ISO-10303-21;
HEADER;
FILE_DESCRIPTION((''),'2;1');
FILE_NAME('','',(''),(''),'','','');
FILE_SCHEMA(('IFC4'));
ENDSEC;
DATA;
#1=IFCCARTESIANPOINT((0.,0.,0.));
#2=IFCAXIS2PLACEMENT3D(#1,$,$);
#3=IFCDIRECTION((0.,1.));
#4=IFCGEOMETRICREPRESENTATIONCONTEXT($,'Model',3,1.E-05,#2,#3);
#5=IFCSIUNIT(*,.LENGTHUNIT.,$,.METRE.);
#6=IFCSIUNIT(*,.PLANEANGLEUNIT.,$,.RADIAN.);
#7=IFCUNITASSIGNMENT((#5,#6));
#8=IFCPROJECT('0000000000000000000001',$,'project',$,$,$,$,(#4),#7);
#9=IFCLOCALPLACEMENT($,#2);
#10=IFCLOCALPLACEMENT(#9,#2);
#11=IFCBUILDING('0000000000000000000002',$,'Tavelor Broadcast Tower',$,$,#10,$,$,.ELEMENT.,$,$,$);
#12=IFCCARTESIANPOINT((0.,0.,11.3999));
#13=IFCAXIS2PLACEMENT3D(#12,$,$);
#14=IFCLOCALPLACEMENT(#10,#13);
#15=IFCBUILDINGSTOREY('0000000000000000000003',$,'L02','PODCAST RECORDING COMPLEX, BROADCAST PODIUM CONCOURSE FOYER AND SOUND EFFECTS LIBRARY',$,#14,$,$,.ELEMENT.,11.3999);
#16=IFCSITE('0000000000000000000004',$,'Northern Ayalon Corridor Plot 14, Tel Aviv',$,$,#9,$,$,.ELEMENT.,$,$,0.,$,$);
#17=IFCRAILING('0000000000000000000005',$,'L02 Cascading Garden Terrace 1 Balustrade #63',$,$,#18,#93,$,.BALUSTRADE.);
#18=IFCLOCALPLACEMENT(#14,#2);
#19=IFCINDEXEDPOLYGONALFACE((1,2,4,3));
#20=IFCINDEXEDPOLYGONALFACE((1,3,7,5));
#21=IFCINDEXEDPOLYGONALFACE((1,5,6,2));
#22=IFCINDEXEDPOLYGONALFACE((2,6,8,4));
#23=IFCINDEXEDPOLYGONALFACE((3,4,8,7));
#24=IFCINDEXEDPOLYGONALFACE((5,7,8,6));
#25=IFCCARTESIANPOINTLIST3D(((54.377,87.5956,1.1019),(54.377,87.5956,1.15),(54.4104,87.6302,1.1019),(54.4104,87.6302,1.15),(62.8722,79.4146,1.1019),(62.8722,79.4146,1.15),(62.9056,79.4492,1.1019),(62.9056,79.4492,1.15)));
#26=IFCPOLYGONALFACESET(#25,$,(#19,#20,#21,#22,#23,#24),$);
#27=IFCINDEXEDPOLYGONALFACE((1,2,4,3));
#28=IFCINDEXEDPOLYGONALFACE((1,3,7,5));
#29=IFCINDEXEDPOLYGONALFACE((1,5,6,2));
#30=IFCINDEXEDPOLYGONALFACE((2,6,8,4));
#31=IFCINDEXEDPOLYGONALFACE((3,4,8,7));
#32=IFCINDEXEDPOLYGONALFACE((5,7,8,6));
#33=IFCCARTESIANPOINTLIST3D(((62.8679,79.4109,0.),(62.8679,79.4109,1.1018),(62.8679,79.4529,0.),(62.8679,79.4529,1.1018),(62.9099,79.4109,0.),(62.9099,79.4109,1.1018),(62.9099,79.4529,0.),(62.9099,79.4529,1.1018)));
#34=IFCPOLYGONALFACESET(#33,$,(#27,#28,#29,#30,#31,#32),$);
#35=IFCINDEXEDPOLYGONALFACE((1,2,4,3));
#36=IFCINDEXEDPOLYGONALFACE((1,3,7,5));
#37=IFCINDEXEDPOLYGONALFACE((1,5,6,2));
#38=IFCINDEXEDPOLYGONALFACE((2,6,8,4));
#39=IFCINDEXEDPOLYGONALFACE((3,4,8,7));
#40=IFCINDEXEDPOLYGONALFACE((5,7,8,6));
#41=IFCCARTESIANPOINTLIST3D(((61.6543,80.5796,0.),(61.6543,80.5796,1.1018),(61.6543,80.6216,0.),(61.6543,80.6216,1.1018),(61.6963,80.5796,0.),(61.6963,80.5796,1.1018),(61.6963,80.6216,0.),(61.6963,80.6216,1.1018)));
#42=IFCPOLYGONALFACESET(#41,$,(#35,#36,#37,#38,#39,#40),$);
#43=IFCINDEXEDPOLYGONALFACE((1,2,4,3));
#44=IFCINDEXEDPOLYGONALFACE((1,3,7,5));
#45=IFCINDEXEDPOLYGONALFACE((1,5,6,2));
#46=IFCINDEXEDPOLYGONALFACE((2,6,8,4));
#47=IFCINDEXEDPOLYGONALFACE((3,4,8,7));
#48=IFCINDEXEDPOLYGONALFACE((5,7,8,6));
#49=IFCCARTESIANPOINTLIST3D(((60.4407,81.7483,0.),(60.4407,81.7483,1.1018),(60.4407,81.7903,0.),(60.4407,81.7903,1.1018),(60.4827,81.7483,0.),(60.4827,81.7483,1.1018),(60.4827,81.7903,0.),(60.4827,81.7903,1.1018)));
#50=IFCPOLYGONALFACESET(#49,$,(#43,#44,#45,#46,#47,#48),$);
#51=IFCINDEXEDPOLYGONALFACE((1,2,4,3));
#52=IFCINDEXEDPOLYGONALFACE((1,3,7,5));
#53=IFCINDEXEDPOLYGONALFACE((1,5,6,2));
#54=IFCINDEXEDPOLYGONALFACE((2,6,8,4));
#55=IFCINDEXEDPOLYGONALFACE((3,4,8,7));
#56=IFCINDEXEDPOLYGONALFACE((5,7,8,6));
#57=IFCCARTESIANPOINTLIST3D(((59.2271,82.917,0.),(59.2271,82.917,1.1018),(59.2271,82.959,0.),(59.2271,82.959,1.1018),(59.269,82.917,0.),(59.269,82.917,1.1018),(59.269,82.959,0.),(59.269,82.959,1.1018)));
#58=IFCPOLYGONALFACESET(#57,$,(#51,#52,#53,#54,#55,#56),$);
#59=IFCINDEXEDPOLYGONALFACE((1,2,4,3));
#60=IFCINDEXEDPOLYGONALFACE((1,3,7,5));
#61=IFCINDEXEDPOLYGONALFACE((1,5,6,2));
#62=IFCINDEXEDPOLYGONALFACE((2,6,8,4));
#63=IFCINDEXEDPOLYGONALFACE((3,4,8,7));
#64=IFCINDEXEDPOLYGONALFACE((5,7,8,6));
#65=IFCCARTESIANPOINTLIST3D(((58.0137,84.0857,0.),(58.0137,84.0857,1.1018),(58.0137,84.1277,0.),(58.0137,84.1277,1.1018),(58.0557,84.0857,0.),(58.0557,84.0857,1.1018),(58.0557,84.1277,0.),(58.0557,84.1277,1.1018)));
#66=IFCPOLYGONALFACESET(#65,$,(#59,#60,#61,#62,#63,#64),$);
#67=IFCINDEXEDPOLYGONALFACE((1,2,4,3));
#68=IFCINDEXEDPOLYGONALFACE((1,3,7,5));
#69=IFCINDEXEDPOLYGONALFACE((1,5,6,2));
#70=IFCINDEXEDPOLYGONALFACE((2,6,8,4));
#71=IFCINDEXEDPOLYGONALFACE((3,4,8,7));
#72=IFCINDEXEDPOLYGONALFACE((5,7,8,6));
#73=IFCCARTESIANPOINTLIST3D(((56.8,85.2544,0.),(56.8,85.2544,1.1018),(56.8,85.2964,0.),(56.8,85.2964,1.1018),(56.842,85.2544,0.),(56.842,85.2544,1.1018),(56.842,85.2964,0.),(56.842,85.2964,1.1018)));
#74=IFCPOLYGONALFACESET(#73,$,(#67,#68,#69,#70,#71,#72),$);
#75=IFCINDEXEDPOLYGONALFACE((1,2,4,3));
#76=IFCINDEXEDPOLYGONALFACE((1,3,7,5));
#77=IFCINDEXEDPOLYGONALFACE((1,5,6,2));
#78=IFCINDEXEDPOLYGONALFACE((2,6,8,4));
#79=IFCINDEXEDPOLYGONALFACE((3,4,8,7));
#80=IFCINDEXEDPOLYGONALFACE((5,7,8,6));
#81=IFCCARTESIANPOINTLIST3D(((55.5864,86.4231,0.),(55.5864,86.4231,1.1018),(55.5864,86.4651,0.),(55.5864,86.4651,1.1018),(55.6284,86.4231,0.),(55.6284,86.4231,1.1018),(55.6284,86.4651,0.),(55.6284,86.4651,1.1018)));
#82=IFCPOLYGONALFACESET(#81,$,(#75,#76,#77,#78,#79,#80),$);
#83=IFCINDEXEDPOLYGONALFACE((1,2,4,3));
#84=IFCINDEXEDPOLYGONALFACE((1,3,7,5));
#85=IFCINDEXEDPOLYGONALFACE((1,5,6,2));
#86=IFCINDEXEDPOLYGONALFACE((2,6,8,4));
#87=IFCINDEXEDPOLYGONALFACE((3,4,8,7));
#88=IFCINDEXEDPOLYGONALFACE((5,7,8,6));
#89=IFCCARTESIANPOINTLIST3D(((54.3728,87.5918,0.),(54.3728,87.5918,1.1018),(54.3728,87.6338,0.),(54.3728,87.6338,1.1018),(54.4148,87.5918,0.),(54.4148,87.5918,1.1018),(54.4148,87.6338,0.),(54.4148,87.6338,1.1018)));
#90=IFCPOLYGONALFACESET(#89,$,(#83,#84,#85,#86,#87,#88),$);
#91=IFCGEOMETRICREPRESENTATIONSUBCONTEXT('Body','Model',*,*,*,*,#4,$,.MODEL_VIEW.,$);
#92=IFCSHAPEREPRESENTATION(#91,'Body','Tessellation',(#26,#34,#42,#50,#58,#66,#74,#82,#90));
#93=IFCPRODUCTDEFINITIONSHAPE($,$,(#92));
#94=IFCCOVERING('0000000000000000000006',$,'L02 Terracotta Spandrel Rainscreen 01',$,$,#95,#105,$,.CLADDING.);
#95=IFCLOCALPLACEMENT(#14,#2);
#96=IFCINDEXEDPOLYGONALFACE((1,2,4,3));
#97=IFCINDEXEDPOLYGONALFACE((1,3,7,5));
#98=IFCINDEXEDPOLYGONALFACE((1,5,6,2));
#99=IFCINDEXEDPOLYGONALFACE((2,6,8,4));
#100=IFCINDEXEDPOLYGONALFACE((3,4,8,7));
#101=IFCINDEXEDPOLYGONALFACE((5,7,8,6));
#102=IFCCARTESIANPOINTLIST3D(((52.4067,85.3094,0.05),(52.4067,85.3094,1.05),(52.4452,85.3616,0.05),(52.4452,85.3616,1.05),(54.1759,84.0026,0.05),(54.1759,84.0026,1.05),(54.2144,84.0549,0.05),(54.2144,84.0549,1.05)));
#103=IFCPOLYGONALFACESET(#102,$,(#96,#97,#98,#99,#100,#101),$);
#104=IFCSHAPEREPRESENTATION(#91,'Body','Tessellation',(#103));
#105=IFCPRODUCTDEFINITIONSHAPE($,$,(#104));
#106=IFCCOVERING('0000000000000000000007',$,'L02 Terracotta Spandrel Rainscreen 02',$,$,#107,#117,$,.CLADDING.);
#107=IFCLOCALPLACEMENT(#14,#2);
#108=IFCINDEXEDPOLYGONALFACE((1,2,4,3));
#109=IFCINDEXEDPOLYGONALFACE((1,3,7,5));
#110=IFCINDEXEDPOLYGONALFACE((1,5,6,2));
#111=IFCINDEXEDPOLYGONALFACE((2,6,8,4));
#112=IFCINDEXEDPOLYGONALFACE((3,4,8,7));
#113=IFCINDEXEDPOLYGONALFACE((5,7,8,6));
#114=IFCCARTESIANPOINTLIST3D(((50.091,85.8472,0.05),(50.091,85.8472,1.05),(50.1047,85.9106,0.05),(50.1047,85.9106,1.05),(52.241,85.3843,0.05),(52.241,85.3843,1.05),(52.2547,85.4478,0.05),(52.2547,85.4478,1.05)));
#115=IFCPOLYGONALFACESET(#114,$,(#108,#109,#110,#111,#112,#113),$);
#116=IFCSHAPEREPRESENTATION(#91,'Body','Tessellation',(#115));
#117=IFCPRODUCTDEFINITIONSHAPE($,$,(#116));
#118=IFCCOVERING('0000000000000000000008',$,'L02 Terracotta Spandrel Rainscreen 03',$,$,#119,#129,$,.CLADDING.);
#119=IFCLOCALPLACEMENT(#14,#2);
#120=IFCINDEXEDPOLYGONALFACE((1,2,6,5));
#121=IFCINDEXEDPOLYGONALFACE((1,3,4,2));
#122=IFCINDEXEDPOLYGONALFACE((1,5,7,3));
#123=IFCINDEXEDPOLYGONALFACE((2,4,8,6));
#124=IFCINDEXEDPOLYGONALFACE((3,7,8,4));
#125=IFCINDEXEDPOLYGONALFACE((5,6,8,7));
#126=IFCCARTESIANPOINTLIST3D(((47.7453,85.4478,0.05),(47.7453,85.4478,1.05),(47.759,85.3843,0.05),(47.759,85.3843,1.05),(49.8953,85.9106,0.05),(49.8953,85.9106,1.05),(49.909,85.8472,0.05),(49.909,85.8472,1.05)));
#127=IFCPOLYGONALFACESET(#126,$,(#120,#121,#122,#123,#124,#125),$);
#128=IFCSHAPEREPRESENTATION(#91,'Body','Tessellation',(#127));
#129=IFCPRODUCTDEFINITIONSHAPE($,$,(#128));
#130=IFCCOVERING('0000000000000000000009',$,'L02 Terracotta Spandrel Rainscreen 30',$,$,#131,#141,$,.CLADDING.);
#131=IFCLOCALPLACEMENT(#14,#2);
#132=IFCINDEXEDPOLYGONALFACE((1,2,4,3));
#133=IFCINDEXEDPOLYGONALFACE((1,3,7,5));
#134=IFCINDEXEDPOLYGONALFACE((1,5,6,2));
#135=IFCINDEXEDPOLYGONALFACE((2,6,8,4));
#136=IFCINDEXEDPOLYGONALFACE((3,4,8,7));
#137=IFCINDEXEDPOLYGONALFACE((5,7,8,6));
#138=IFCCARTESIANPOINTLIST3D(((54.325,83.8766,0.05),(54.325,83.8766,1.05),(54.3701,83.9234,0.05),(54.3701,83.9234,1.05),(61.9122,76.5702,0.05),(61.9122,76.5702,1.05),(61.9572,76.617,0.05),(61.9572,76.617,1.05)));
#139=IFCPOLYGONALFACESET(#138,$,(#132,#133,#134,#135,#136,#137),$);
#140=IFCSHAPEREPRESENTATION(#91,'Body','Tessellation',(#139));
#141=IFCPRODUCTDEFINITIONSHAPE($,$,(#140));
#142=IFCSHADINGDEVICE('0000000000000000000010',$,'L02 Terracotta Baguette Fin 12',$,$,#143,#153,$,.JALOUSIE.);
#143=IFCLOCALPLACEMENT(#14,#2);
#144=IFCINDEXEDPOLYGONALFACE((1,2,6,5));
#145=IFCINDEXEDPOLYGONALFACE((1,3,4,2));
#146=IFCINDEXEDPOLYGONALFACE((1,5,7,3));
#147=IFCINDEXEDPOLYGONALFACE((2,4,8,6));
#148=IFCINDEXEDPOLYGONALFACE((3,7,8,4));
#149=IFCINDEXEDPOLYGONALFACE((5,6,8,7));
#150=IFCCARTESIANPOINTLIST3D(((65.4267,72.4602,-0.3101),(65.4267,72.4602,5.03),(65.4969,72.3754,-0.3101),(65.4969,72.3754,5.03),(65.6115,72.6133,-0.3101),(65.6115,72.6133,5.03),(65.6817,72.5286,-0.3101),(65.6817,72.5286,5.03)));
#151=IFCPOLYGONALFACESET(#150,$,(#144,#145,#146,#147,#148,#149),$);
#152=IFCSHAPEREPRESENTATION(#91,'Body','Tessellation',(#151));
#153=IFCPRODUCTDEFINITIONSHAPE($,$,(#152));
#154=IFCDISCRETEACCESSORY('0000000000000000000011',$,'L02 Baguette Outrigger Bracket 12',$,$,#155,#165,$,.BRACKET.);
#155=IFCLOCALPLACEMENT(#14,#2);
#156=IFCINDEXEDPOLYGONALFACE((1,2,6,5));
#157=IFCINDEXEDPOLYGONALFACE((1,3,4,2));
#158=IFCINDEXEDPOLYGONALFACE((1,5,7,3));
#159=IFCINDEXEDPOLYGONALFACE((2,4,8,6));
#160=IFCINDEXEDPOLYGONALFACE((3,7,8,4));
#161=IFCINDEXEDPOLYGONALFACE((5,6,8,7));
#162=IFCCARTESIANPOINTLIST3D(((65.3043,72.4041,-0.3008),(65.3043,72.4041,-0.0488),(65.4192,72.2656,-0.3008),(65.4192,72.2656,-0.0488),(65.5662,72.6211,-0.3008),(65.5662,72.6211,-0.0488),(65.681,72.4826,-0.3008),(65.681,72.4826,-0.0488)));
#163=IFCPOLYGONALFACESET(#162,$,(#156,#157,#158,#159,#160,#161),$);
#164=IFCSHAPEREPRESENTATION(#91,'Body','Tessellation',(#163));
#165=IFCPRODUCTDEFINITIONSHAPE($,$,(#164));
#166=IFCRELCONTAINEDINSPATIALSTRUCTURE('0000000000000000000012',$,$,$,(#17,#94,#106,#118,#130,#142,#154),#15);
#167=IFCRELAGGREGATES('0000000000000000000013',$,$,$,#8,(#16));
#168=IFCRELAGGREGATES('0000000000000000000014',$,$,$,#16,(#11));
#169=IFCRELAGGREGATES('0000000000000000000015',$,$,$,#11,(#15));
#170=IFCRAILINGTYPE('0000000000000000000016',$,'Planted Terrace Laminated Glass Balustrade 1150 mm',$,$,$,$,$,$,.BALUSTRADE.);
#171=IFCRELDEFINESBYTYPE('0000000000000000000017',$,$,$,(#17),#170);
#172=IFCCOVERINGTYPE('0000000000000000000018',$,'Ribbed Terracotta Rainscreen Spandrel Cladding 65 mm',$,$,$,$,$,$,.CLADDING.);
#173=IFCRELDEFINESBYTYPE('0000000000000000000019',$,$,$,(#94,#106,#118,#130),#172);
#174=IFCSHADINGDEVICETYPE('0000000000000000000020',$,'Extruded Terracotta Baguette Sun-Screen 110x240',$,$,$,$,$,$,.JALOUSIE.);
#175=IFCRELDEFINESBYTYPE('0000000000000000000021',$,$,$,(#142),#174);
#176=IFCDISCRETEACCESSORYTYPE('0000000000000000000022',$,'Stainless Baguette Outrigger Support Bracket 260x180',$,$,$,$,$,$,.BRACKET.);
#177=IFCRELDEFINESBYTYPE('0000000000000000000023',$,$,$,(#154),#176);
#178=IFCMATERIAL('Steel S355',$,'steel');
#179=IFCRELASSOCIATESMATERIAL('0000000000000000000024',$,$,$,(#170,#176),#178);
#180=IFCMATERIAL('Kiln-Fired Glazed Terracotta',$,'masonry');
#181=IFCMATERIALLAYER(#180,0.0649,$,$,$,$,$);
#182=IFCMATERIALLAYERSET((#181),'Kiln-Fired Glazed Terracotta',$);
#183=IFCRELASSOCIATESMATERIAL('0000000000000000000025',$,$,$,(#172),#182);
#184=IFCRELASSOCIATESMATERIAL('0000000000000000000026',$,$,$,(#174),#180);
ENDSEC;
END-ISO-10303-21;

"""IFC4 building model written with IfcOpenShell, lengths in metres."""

from ifc_helpers import new_model, si_unit, direction, frame, origin, origin_2d, place, context, subcontext, project, spatial, rectangle, extrude, source, transform, mapped, material, layer, layer_set, type_object, type_shapes, element, save


model = new_model("IFC4")

# Units and contexts
model_context = context("Model", 3, precision=1e-05, world=origin(), true_north=direction((0.0, 1.0)))
body_context = subcontext(model_context, "Body", "Model", "MODEL_VIEW")
ifc_project = project(units=[si_unit("LENGTHUNIT", "METRE"), si_unit("PLANEANGLEUNIT", "RADIAN")], contexts=[model_context])

# Site, building, storey
site_placement = place(None, origin())
site = spatial("IfcSite", under=ifc_project, at=site_placement, Name="Northern Ayalon Corridor Plot 14, Tel Aviv", CompositionType="ELEMENT", RefElevation=0.0)
building_placement = place(site_placement, origin())
building = spatial("IfcBuilding", under=site, at=building_placement, Name="Tavelor Broadcast Tower", CompositionType="ELEMENT")
storey_placement = place(building_placement, frame((0.0, 0.0, 11.3999)))
storey = spatial("IfcBuildingStorey", under=building, at=storey_placement, Name="L02", Description="PODCAST RECORDING COMPLEX, BROADCAST PODIUM CONCOURSE FOYER AND SOUND EFFECTS LIBRARY", CompositionType="ELEMENT", Elevation=11.3999)

# Shared definitions
ifc_material_1 = material(Name="Steel S355", Category="steel")

# Railing
railing_type = type_object("IfcRailingType", Name="Planted Terrace Laminated Glass Balustrade 1150 mm", PredefinedType="BALUSTRADE", material=ifc_material_1)
railing_1_placement = place(storey_placement, frame((62.8889, 79.4319, 0.0)))
element("IfcRailing", 1, at=railing_1_placement, inside=storey, type_object=railing_type, Name="L02 Cascading Garden Terrace 1 Balustrade #63", PredefinedType="BALUSTRADE", context=body_context, shape_type="SweptSolid", body=[
    extrude(rectangle(XDim=0.0481, YDim=0.0481, at=origin_2d()), frame((0.0, 0.0, 1.126), z_axis=(-0.720302, 0.69366, 0.0), x_axis=(-0.69366, -0.720302, 0.0)), (0.0, 0.0, 1.0), 11.7939),
    extrude(rectangle(XDim=0.042, YDim=0.042, at=origin_2d()), origin(), (0.0, 0.0, 1.0), 1.1018),
    extrude(rectangle(XDim=0.042, YDim=0.042, at=origin_2d()), frame((-1.2136, 1.1687, 0.0)), (0.0, 0.0, 1.0), 1.1018),
    extrude(rectangle(XDim=0.042, YDim=0.042, at=origin_2d()), frame((-2.4272, 2.3374, 0.0)), (0.0, 0.0, 1.0), 1.1018),
    extrude(rectangle(XDim=0.042, YDim=0.042, at=origin_2d()), frame((-3.6409, 3.5061, 0.0)), (0.0, 0.0, 1.0), 1.1018),
    extrude(rectangle(XDim=0.042, YDim=0.042, at=origin_2d()), frame((-4.8542, 4.6748, 0.0)), (0.0, 0.0, 1.0), 1.1018),
    extrude(rectangle(XDim=0.042, YDim=0.042, at=origin_2d()), frame((-6.0679, 5.8435, 0.0)), (0.0, 0.0, 1.0), 1.1018),
    extrude(rectangle(XDim=0.042, YDim=0.042, at=origin_2d()), frame((-7.2815, 7.0122, 0.0)), (0.0, 0.0, 1.0), 1.1018),
    extrude(rectangle(XDim=0.042, YDim=0.042, at=origin_2d()), frame((-8.4951, 8.1809, 0.0)), (0.0, 0.0, 1.0), 1.1018),
])

# Coverings
ifc_material_2 = material(Name="Kiln-Fired Glazed Terracotta", Category="masonry")
ifc_layer_1 = layer(ifc_material_2, 0.0649)
ifc_layer_set_1 = layer_set([ifc_layer_1], Name="Kiln-Fired Glazed Terracotta")
covering_type = type_object("IfcCoveringType", Name="Ribbed Terracotta Rainscreen Spandrel Cladding 65 mm", PredefinedType="CLADDING", material=ifc_layer_set_1)
covering_1_placement = place(storey_placement, frame((53.3105, 84.6821, 0.05), z_axis=(0.0, 0.0, 1.0), x_axis=(-0.804376, 0.594121, 0.0)))
element("IfcCovering", 2, at=covering_1_placement, inside=storey, type_object=covering_type, Name="L02 Terracotta Spandrel Rainscreen 01", PredefinedType="CLADDING", context=body_context, shape_type="SweptSolid", body=[
    extrude(rectangle(XDim=2.1995, YDim=0.0649, at=origin_2d()), origin(), (0.0, 0.0, 1.0), 1.0),
])
for number, where, z_axis, x_axis, name in (
    (3, (51.1729, 85.6475, 0.05), (0.0, 0.0, 1.0), (-0.9776, 0.210472, 0.0), "L02 Terracotta Spandrel Rainscreen 02"),
    (4, (48.8271, 85.6475, 0.05), (0.0, 0.0, 1.0), (-0.9776, -0.210472, 0.0), "L02 Terracotta Spandrel Rainscreen 03"),
):
    element("IfcCovering", number, at=place(storey_placement, frame(where, z_axis=z_axis, x_axis=x_axis)), inside=storey, type_object=covering_type, Name=name, PredefinedType="CLADDING", context=body_context, shape_type="SweptSolid", body=[
        extrude(rectangle(XDim=2.1992, YDim=0.0649, at=origin_2d()), origin(), (0.0, 0.0, 1.0), 1.0),
    ])
covering_2_placement = place(storey_placement, frame((58.1411, 80.2468, 0.05), z_axis=(0.0, 0.0, 1.0), x_axis=(-0.720309, 0.693653, 0.0)))
element("IfcCovering", 5, at=covering_2_placement, inside=storey, type_object=covering_type, Name="L02 Terracotta Spandrel Rainscreen 30", PredefinedType="CLADDING", context=body_context, shape_type="SweptSolid", body=[
    extrude(rectangle(XDim=10.5332, YDim=0.0649, at=origin_2d()), origin(), (0.0, 0.0, 1.0), 1.0),
])

# Shading device
shading_device_type = type_object("IfcShadingDeviceType", Name="Extruded Terracotta Baguette Sun-Screen 110x240", PredefinedType="JALOUSIE", material=ifc_material_2)
shared_shape_1 = source(origin(), body_context, "Body", "SweptSolid", [
    extrude(rectangle(XDim=0.1101, YDim=0.24, at=origin_2d()), origin(), (0.0, 0.0, 1.0), 5.3401),
])
type_shapes(shading_device_type, [shared_shape_1])
shading_device_placement = place(storey_placement, frame((65.5542, 72.4944, -0.3101), z_axis=(0.0, 0.0, 1.0), x_axis=(-0.638096, 0.769957, 0.0)))
element("IfcShadingDevice", 6, at=shading_device_placement, inside=storey, type_object=shading_device_type, Name="L02 Terracotta Baguette Fin 12", PredefinedType="JALOUSIE", context=body_context, shape_type="MappedRepresentation", body=[
    mapped(shared_shape_1, transform((0.0, 0.0, 0.0), scale=1.0)),
])

# Discrete accessory
discrete_accessory_type = type_object("IfcDiscreteAccessoryType", Name="Stainless Baguette Outrigger Support Bracket 260x180", PredefinedType="BRACKET", material=ifc_material_1)
shared_shape_2 = source(origin(), body_context, "Body", "SweptSolid", [
    extrude(rectangle(XDim=0.1799, YDim=0.3401, at=origin_2d()), origin(), (0.0, 0.0, 1.0), 0.252),
])
type_shapes(discrete_accessory_type, [shared_shape_2])
discrete_accessory_placement = place(storey_placement, frame((65.4927, 72.4434, -0.3008), z_axis=(0.0, 0.0, 1.0), x_axis=(-0.638096, 0.769957, 0.0)))
element("IfcDiscreteAccessory", 7, at=discrete_accessory_placement, inside=storey, type_object=discrete_accessory_type, Name="L02 Baguette Outrigger Bracket 12", PredefinedType="BRACKET", context=body_context, shape_type="MappedRepresentation", body=[
    mapped(shared_shape_2, transform((0.0, 0.0, 0.0), scale=1.0)),
])

save(model, "model.ifc")
